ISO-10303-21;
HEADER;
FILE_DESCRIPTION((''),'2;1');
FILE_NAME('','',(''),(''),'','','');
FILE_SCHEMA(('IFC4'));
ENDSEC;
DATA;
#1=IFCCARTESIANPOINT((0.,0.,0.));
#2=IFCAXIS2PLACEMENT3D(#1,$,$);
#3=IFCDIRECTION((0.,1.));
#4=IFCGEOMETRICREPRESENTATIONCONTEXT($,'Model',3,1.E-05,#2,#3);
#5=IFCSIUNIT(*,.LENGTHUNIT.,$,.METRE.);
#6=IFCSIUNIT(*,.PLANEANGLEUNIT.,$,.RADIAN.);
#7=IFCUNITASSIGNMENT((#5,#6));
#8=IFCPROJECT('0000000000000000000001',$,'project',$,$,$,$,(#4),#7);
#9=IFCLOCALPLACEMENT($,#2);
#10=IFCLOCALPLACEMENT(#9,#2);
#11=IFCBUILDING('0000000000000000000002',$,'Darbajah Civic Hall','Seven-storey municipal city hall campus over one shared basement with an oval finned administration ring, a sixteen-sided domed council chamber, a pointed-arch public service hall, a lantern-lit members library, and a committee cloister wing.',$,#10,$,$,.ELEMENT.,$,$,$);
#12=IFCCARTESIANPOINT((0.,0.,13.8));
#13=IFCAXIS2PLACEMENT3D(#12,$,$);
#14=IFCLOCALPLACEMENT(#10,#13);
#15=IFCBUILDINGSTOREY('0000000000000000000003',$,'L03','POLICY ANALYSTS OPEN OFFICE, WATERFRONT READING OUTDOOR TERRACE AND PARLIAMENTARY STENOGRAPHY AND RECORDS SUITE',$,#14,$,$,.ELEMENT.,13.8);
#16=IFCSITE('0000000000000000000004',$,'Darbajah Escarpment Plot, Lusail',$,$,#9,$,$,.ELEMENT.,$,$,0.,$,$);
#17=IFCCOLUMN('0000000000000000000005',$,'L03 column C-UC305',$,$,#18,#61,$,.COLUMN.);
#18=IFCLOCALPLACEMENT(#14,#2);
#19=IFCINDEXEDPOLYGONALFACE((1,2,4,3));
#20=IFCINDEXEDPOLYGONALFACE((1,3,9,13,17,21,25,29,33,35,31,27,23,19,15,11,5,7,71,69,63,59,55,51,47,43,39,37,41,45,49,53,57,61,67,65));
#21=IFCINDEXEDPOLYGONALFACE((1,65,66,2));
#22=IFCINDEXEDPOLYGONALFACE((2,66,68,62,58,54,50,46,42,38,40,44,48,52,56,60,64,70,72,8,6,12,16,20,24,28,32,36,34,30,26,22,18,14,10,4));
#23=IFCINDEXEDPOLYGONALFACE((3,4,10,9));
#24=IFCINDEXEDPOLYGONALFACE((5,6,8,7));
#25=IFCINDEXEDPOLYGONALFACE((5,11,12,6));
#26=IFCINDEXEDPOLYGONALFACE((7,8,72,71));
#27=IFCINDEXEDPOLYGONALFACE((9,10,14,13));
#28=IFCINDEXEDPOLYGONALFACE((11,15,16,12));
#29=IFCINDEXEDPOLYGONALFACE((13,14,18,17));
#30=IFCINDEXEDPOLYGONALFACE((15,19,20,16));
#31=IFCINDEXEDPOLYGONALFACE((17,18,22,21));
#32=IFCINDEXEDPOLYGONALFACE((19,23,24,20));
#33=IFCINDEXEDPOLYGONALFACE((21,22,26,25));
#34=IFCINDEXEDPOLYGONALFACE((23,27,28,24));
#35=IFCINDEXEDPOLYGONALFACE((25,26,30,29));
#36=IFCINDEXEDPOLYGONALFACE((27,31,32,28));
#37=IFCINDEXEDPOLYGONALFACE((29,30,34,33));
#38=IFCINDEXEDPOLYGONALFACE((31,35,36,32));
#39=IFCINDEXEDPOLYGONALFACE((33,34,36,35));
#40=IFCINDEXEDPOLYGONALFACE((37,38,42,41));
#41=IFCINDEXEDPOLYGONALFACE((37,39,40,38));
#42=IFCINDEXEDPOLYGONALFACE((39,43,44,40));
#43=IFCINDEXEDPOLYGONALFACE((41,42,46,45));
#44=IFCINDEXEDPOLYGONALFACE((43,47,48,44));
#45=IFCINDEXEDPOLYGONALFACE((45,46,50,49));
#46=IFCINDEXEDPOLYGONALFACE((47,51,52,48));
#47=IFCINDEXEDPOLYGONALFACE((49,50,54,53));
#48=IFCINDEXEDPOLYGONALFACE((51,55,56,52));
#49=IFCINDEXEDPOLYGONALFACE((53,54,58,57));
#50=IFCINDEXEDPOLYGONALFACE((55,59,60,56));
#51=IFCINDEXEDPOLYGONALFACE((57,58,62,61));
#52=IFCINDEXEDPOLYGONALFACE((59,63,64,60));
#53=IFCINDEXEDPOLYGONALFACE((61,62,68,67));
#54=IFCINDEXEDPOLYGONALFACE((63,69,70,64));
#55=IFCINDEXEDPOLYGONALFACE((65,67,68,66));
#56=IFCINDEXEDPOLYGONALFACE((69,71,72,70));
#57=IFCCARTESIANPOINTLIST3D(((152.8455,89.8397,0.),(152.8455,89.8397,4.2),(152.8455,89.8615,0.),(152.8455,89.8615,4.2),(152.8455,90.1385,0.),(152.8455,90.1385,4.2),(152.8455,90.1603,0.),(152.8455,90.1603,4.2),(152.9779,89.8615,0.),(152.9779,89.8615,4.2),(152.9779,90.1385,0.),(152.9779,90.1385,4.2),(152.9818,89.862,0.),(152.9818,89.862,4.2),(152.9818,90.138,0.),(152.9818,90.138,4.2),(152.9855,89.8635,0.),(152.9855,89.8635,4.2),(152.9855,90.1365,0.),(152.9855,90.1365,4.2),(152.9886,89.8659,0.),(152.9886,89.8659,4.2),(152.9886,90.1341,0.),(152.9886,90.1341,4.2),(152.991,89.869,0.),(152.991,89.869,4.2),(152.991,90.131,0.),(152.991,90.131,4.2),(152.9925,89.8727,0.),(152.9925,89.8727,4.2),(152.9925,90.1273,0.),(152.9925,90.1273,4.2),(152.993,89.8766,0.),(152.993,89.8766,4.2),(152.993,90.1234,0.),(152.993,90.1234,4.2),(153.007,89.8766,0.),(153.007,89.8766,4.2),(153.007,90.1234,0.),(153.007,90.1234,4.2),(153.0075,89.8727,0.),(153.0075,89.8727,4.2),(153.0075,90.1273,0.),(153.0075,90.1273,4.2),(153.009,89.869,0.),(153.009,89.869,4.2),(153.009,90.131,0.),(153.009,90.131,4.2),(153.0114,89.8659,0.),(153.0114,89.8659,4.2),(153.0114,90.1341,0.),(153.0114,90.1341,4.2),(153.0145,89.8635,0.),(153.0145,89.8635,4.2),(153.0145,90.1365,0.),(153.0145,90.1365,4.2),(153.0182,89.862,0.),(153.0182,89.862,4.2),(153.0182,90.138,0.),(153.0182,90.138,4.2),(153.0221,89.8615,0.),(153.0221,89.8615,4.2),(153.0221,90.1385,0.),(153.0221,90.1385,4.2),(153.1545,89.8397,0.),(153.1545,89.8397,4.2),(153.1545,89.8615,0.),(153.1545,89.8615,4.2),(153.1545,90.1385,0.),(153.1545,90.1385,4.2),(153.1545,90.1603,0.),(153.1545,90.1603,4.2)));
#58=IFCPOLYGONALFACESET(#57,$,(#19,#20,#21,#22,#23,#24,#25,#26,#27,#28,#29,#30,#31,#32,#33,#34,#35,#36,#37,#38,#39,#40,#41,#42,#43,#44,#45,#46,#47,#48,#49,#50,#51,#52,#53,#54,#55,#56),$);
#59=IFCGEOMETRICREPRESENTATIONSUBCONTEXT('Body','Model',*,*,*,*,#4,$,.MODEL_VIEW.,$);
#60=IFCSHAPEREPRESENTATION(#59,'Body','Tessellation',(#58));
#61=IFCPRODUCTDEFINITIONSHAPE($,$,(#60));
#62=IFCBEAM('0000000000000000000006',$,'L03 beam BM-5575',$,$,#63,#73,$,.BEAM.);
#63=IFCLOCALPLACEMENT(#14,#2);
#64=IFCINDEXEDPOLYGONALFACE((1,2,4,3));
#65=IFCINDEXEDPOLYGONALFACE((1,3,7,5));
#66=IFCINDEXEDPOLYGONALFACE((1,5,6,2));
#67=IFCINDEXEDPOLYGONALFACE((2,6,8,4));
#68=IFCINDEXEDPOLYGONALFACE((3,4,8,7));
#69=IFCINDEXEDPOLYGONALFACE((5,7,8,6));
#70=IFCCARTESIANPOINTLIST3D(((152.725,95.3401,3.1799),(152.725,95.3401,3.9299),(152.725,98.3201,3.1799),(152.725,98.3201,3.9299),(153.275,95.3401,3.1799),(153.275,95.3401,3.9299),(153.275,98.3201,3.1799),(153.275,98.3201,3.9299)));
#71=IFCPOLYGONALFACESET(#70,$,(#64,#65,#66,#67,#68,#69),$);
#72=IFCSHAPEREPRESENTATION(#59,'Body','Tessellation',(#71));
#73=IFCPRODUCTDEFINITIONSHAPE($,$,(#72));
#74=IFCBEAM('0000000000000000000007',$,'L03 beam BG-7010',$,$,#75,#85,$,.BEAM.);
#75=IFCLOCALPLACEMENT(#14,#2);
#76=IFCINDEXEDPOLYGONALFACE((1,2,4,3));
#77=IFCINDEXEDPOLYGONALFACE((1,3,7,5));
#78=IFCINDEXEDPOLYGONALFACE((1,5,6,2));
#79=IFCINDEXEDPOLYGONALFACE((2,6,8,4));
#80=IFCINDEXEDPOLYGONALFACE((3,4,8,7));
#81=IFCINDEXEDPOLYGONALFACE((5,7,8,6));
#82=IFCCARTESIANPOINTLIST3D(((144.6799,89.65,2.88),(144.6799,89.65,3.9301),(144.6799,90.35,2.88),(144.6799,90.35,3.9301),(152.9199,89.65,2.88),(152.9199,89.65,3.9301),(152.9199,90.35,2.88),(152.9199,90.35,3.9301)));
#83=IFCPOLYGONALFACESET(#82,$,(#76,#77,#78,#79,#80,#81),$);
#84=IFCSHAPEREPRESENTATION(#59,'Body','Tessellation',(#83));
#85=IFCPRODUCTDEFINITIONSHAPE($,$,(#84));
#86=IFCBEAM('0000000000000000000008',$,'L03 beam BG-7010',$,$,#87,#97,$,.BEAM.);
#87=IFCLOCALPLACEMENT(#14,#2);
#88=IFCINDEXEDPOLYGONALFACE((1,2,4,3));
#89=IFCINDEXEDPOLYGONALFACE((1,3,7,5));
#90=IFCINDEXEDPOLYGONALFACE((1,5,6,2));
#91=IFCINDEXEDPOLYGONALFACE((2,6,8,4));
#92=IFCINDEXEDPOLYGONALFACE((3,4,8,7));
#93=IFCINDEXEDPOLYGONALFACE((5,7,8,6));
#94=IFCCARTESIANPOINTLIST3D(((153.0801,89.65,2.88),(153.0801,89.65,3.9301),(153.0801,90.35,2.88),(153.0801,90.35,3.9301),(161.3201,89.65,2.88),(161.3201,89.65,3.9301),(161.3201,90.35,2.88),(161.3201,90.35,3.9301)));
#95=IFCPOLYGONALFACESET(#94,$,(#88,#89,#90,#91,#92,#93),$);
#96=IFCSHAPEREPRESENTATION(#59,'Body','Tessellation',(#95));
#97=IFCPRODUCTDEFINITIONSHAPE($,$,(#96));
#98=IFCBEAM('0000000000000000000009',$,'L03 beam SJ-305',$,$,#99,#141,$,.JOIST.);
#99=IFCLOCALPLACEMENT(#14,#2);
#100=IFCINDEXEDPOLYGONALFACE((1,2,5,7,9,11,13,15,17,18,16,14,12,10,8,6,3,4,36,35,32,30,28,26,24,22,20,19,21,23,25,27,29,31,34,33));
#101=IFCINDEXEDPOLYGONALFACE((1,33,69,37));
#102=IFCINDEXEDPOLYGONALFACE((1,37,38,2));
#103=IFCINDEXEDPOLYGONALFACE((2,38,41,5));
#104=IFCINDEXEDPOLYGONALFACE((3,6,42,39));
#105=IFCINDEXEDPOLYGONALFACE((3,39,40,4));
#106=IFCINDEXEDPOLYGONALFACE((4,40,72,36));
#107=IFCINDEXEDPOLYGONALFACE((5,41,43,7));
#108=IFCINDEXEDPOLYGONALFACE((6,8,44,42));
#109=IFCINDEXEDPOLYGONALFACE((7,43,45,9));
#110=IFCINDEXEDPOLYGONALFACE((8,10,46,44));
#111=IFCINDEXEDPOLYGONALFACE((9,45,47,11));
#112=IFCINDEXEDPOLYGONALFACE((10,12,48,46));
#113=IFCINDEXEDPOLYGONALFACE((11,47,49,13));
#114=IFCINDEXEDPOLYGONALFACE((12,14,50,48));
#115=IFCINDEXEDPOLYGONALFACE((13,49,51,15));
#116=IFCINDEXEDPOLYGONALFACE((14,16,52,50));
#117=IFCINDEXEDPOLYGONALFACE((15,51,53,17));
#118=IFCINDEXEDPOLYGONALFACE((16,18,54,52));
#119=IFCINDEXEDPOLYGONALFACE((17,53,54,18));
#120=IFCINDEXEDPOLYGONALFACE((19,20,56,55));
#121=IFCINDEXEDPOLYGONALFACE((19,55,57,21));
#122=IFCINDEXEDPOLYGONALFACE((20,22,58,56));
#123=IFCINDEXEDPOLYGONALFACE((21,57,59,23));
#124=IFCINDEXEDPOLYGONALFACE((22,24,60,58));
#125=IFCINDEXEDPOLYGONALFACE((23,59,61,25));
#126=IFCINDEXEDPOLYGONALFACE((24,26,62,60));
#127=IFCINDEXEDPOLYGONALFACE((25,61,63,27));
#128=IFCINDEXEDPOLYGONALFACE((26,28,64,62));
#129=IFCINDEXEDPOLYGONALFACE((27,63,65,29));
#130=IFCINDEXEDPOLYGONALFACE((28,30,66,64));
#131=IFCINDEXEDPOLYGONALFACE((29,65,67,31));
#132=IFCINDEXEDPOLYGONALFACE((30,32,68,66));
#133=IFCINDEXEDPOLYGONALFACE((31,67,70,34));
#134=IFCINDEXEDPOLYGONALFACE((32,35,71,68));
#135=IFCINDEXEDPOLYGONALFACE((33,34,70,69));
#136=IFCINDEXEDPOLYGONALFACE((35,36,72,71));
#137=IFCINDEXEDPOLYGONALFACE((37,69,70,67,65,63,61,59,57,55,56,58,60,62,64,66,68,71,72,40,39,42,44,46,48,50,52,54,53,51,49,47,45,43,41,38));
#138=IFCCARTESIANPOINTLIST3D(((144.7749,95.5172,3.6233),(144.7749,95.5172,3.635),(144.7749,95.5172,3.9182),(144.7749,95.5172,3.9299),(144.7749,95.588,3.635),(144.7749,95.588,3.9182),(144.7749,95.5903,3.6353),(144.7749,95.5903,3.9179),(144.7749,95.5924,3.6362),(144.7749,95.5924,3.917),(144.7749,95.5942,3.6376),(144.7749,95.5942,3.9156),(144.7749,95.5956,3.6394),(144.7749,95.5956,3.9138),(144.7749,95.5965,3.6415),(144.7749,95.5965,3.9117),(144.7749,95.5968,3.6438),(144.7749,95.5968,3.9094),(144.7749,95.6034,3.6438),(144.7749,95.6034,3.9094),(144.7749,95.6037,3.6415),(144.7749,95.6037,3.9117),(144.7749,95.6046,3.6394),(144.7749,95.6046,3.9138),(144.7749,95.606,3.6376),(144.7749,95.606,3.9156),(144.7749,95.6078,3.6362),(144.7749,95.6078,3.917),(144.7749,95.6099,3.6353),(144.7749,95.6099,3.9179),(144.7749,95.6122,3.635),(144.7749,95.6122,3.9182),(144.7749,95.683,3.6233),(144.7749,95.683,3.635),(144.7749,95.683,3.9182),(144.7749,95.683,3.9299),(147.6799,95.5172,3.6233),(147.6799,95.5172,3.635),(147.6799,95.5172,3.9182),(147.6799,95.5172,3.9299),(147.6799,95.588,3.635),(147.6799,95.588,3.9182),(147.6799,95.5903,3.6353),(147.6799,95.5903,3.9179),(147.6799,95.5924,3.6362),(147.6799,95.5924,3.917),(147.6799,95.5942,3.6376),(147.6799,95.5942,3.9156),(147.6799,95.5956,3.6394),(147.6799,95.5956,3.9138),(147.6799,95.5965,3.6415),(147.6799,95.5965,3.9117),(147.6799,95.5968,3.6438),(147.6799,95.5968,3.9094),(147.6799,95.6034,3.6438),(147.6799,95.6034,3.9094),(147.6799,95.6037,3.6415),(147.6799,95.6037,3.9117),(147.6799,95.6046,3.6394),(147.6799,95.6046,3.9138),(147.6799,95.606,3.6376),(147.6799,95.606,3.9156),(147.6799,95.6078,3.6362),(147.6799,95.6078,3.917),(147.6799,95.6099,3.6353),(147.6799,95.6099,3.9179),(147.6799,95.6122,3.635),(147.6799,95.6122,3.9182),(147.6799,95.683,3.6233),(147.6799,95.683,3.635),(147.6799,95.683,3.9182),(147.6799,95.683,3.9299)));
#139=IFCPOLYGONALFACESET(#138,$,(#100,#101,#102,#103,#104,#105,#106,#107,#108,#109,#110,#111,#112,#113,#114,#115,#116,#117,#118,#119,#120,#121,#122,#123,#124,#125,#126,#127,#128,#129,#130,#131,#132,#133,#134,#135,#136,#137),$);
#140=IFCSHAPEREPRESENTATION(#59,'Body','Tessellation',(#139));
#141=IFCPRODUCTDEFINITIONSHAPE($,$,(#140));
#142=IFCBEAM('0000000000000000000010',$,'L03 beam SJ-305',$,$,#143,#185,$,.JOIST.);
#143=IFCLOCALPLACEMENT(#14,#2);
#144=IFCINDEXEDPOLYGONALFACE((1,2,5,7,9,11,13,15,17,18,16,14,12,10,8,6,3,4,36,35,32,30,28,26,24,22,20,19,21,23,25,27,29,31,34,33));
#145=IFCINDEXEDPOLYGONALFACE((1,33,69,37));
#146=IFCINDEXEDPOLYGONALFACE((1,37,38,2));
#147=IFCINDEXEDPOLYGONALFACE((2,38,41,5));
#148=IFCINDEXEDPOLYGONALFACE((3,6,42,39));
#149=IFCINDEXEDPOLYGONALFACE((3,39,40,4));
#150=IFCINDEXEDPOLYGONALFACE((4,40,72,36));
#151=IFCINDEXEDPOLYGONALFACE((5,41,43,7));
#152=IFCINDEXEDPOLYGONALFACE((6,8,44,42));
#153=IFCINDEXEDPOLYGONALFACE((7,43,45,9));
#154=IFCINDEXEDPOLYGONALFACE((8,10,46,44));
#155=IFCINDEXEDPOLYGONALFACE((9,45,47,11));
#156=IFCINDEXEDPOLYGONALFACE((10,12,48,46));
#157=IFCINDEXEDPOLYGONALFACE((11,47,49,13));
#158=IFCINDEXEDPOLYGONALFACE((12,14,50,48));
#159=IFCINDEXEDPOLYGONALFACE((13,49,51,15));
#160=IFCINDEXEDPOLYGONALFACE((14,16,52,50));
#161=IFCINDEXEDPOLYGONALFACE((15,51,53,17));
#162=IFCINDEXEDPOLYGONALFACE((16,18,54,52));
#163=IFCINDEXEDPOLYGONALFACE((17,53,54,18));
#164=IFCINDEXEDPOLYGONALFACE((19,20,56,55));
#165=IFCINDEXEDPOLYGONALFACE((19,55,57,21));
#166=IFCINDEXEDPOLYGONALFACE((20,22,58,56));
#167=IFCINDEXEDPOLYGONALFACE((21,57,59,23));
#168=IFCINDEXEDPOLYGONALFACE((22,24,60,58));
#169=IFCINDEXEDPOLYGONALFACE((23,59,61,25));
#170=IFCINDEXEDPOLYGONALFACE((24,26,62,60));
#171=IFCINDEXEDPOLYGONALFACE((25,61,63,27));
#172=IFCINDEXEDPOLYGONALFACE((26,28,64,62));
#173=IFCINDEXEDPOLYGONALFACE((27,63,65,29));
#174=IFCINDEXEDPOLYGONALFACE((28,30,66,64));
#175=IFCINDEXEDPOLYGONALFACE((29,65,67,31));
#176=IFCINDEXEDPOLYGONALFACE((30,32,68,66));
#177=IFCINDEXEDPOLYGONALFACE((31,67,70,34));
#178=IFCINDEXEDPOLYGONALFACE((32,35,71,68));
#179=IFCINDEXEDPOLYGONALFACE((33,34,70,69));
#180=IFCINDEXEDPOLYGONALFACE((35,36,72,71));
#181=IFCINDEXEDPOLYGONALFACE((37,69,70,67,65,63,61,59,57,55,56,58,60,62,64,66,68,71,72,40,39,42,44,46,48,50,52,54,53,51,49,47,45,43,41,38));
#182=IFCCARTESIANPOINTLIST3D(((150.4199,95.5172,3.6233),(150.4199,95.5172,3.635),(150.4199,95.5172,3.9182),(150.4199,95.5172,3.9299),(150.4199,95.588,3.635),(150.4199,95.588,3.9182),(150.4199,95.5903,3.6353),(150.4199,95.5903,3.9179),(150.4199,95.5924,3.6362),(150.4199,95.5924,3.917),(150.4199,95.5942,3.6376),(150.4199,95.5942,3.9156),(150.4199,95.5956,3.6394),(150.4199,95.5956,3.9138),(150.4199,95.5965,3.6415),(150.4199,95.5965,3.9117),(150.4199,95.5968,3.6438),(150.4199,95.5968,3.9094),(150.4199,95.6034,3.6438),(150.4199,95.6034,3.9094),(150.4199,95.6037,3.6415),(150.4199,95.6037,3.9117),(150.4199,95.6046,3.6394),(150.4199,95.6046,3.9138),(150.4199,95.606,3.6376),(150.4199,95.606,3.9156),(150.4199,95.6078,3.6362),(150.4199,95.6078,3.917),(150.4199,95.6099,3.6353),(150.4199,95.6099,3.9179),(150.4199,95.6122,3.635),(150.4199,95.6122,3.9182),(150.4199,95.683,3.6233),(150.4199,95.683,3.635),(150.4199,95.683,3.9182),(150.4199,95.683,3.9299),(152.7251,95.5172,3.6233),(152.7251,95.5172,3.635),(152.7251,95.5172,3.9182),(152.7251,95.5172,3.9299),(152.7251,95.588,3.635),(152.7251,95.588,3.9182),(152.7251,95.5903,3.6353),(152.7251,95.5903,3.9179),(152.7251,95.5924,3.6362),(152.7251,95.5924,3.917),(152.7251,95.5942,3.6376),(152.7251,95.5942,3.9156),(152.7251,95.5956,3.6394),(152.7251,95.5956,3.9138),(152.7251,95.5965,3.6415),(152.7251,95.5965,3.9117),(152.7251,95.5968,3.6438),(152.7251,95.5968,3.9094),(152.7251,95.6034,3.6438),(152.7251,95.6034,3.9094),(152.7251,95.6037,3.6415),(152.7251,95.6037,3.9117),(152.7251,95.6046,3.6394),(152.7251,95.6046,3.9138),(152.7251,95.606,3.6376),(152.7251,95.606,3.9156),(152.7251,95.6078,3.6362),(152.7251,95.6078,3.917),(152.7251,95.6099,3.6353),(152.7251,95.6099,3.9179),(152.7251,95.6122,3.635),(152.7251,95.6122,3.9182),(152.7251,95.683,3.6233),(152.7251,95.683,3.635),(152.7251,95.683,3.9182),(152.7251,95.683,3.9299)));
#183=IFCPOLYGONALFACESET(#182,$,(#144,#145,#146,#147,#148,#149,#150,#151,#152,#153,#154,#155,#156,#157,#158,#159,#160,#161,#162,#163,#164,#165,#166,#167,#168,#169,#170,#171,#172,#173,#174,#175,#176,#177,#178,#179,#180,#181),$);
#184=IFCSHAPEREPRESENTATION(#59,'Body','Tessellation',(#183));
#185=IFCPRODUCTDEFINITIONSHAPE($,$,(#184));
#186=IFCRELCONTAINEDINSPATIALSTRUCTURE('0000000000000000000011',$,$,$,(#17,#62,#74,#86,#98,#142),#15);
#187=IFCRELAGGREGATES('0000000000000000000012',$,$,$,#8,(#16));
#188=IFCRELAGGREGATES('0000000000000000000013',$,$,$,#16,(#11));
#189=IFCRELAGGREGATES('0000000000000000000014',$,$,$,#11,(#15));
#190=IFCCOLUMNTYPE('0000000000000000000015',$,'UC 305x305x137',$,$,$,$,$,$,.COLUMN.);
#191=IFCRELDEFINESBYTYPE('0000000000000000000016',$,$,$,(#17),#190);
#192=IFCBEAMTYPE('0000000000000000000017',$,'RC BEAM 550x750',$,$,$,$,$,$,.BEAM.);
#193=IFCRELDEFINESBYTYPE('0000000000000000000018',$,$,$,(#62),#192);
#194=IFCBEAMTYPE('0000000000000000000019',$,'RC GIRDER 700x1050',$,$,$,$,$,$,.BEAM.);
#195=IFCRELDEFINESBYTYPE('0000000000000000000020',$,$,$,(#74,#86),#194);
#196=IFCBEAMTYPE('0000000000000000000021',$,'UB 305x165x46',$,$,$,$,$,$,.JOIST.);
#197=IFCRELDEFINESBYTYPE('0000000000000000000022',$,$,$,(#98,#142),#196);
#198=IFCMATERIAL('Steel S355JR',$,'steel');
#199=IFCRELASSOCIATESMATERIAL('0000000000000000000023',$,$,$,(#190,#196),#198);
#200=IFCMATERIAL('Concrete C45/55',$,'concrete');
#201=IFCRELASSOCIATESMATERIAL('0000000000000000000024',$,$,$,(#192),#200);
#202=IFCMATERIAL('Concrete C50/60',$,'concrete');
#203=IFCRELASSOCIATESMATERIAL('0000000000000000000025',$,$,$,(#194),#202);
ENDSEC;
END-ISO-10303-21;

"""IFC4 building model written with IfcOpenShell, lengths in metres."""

from ifc_helpers import new_model, si_unit, direction, frame, origin, origin_2d, place, context, subcontext, project, spatial, rectangle, i_section, extrude, material, material_profile, profile_set, type_object, element, save


model = new_model("IFC4")

# Units and contexts
model_context = context("Model", 3, precision=1e-05, world=origin(), true_north=direction((0.0, 1.0)))
body_context = subcontext(model_context, "Body", "Model", "MODEL_VIEW")
ifc_project = project(units=[si_unit("LENGTHUNIT", "METRE"), si_unit("PLANEANGLEUNIT", "RADIAN")], contexts=[model_context])

# Site, building, storey
site_placement = place(None, origin())
site = spatial("IfcSite", under=ifc_project, at=site_placement, Name="Darbajah Escarpment Plot, Lusail", CompositionType="ELEMENT", RefElevation=0.0)
building_placement = place(site_placement, origin())
building = spatial("IfcBuilding", under=site, at=building_placement, Name="Darbajah Civic Hall", Description="Seven-storey municipal city hall campus over one shared basement with an oval finned administration ring, a sixteen-sided domed council chamber, a pointed-arch public service hall, a lantern-lit members library, and a committee cloister wing.", CompositionType="ELEMENT")
storey_placement = place(building_placement, frame((0.0, 0.0, 13.8)))
storey = spatial("IfcBuildingStorey", under=building, at=storey_placement, Name="L03", Description="POLICY ANALYSTS OPEN OFFICE, WATERFRONT READING OUTDOOR TERRACE AND PARLIAMENTARY STENOGRAPHY AND RECORDS SUITE", CompositionType="ELEMENT", Elevation=13.8)

# Column
ifc_material_1 = material(Name="Steel S355JR", Category="steel")
ifc_material_profile_1 = material_profile(ifc_material_1, i_section(OverallWidth=0.3091, OverallDepth=0.3206, WebThickness=0.0139, FlangeThickness=0.0217, FilletRadius=0.0151, at=origin_2d()), Name="UC 305x305x137")
ifc_profile_set_1 = profile_set([ifc_material_profile_1], Name="Steel S355JR")
column_type = type_object("IfcColumnType", Name="UC 305x305x137", PredefinedType="COLUMN", material=ifc_profile_set_1)
column_placement = place(storey_placement, frame((153.0, 90.0, 0.0), z_axis=(0.0, 0.0, 1.0), x_axis=(1.0, 0.0, 0.0)))
element("IfcColumn", 1, at=column_placement, inside=storey, type_object=column_type, Name="L03 column C-UC305", PredefinedType="COLUMN", context=body_context, shape_type="SweptSolid", body=[
    extrude(i_section(OverallWidth=0.3091, OverallDepth=0.3206, WebThickness=0.0139, FlangeThickness=0.0217, FilletRadius=0.0151, at=origin_2d()), origin(), (0.0, 0.0, 1.0), 4.2),
])

# Beams
ifc_material_2 = material(Name="Concrete C45/55", Category="concrete")
ifc_material_profile_2 = material_profile(ifc_material_2, rectangle(XDim=0.55, YDim=0.75, at=origin_2d()), Name="RC BEAM 550x750")
ifc_profile_set_2 = profile_set([ifc_material_profile_2], Name="Concrete C45/55")
beam_type_1 = type_object("IfcBeamType", Name="RC BEAM 550x750", PredefinedType="BEAM", material=ifc_profile_set_2)
beam_1_placement = place(storey_placement, frame((153.0, 95.3401, 3.5549), z_axis=(0.0, 1.0, 0.0), x_axis=(-1.0, 0.0, 0.0)))
element("IfcBeam", 2, at=beam_1_placement, inside=storey, type_object=beam_type_1, Name="L03 beam BM-5575", PredefinedType="BEAM", context=body_context, shape_type="SweptSolid", body=[
    extrude(rectangle(XDim=0.55, YDim=0.75, at=origin_2d()), origin(), (0.0, 0.0, 1.0), 2.98),
])
ifc_material_3 = material(Name="Concrete C50/60", Category="concrete")
ifc_material_profile_3 = material_profile(ifc_material_3, rectangle(XDim=0.7, YDim=1.05, at=origin_2d()), Name="RC GIRDER 700x1050")
ifc_profile_set_3 = profile_set([ifc_material_profile_3], Name="Concrete C50/60")
beam_type_2 = type_object("IfcBeamType", Name="RC GIRDER 700x1050", PredefinedType="BEAM", material=ifc_profile_set_3)
for number, where, z_axis, x_axis, name in (
    (3, (144.6799, 90.0, 3.405), (1.0, 0.0, 0.0), (0.0, 1.0, 0.0), "L03 beam BG-7010"),
    (4, (153.0801, 90.0, 3.405), (1.0, 0.0, 0.0), (0.0, 1.0, 0.0), "L03 beam BG-7010"),
):
    element("IfcBeam", number, at=place(storey_placement, frame(where, z_axis=z_axis, x_axis=x_axis)), inside=storey, type_object=beam_type_2, Name=name, PredefinedType="BEAM", context=body_context, shape_type="SweptSolid", body=[
        extrude(rectangle(XDim=0.7, YDim=1.05, at=origin_2d()), origin(), (0.0, 0.0, 1.0), 8.24),
    ])
ifc_material_profile_4 = material_profile(ifc_material_1, i_section(OverallWidth=0.1658, OverallDepth=0.3066, WebThickness=0.0066, FlangeThickness=0.0117, FilletRadius=0.0088, at=origin_2d()), Name="UB 305x165x46")
ifc_profile_set_4 = profile_set([ifc_material_profile_4], Name="Steel S355JR")
beam_type_3 = type_object("IfcBeamType", Name="UB 305x165x46", PredefinedType="JOIST", material=ifc_profile_set_4)
beam_2_placement = place(storey_placement, frame((144.7749, 95.6001, 3.7766), z_axis=(1.0, 0.0, 0.0), x_axis=(0.0, 1.0, 0.0)))
element("IfcBeam", 5, at=beam_2_placement, inside=storey, type_object=beam_type_3, Name="L03 beam SJ-305", PredefinedType="JOIST", context=body_context, shape_type="SweptSolid", body=[
    extrude(i_section(OverallWidth=0.1658, OverallDepth=0.3066, WebThickness=0.0066, FlangeThickness=0.0117, FilletRadius=0.0088, at=origin_2d()), origin(), (0.0, 0.0, 1.0), 2.905),
])
beam_3_placement = place(storey_placement, frame((150.4199, 95.6001, 3.7766), z_axis=(1.0, 0.0, 0.0), x_axis=(0.0, 1.0, 0.0)))
element("IfcBeam", 6, at=beam_3_placement, inside=storey, type_object=beam_type_3, Name="L03 beam SJ-305", PredefinedType="JOIST", context=body_context, shape_type="SweptSolid", body=[
    extrude(i_section(OverallWidth=0.1658, OverallDepth=0.3066, WebThickness=0.0066, FlangeThickness=0.0117, FilletRadius=0.0088, at=origin_2d()), origin(), (0.0, 0.0, 1.0), 2.3052),
])

save(model, "model.ifc")
